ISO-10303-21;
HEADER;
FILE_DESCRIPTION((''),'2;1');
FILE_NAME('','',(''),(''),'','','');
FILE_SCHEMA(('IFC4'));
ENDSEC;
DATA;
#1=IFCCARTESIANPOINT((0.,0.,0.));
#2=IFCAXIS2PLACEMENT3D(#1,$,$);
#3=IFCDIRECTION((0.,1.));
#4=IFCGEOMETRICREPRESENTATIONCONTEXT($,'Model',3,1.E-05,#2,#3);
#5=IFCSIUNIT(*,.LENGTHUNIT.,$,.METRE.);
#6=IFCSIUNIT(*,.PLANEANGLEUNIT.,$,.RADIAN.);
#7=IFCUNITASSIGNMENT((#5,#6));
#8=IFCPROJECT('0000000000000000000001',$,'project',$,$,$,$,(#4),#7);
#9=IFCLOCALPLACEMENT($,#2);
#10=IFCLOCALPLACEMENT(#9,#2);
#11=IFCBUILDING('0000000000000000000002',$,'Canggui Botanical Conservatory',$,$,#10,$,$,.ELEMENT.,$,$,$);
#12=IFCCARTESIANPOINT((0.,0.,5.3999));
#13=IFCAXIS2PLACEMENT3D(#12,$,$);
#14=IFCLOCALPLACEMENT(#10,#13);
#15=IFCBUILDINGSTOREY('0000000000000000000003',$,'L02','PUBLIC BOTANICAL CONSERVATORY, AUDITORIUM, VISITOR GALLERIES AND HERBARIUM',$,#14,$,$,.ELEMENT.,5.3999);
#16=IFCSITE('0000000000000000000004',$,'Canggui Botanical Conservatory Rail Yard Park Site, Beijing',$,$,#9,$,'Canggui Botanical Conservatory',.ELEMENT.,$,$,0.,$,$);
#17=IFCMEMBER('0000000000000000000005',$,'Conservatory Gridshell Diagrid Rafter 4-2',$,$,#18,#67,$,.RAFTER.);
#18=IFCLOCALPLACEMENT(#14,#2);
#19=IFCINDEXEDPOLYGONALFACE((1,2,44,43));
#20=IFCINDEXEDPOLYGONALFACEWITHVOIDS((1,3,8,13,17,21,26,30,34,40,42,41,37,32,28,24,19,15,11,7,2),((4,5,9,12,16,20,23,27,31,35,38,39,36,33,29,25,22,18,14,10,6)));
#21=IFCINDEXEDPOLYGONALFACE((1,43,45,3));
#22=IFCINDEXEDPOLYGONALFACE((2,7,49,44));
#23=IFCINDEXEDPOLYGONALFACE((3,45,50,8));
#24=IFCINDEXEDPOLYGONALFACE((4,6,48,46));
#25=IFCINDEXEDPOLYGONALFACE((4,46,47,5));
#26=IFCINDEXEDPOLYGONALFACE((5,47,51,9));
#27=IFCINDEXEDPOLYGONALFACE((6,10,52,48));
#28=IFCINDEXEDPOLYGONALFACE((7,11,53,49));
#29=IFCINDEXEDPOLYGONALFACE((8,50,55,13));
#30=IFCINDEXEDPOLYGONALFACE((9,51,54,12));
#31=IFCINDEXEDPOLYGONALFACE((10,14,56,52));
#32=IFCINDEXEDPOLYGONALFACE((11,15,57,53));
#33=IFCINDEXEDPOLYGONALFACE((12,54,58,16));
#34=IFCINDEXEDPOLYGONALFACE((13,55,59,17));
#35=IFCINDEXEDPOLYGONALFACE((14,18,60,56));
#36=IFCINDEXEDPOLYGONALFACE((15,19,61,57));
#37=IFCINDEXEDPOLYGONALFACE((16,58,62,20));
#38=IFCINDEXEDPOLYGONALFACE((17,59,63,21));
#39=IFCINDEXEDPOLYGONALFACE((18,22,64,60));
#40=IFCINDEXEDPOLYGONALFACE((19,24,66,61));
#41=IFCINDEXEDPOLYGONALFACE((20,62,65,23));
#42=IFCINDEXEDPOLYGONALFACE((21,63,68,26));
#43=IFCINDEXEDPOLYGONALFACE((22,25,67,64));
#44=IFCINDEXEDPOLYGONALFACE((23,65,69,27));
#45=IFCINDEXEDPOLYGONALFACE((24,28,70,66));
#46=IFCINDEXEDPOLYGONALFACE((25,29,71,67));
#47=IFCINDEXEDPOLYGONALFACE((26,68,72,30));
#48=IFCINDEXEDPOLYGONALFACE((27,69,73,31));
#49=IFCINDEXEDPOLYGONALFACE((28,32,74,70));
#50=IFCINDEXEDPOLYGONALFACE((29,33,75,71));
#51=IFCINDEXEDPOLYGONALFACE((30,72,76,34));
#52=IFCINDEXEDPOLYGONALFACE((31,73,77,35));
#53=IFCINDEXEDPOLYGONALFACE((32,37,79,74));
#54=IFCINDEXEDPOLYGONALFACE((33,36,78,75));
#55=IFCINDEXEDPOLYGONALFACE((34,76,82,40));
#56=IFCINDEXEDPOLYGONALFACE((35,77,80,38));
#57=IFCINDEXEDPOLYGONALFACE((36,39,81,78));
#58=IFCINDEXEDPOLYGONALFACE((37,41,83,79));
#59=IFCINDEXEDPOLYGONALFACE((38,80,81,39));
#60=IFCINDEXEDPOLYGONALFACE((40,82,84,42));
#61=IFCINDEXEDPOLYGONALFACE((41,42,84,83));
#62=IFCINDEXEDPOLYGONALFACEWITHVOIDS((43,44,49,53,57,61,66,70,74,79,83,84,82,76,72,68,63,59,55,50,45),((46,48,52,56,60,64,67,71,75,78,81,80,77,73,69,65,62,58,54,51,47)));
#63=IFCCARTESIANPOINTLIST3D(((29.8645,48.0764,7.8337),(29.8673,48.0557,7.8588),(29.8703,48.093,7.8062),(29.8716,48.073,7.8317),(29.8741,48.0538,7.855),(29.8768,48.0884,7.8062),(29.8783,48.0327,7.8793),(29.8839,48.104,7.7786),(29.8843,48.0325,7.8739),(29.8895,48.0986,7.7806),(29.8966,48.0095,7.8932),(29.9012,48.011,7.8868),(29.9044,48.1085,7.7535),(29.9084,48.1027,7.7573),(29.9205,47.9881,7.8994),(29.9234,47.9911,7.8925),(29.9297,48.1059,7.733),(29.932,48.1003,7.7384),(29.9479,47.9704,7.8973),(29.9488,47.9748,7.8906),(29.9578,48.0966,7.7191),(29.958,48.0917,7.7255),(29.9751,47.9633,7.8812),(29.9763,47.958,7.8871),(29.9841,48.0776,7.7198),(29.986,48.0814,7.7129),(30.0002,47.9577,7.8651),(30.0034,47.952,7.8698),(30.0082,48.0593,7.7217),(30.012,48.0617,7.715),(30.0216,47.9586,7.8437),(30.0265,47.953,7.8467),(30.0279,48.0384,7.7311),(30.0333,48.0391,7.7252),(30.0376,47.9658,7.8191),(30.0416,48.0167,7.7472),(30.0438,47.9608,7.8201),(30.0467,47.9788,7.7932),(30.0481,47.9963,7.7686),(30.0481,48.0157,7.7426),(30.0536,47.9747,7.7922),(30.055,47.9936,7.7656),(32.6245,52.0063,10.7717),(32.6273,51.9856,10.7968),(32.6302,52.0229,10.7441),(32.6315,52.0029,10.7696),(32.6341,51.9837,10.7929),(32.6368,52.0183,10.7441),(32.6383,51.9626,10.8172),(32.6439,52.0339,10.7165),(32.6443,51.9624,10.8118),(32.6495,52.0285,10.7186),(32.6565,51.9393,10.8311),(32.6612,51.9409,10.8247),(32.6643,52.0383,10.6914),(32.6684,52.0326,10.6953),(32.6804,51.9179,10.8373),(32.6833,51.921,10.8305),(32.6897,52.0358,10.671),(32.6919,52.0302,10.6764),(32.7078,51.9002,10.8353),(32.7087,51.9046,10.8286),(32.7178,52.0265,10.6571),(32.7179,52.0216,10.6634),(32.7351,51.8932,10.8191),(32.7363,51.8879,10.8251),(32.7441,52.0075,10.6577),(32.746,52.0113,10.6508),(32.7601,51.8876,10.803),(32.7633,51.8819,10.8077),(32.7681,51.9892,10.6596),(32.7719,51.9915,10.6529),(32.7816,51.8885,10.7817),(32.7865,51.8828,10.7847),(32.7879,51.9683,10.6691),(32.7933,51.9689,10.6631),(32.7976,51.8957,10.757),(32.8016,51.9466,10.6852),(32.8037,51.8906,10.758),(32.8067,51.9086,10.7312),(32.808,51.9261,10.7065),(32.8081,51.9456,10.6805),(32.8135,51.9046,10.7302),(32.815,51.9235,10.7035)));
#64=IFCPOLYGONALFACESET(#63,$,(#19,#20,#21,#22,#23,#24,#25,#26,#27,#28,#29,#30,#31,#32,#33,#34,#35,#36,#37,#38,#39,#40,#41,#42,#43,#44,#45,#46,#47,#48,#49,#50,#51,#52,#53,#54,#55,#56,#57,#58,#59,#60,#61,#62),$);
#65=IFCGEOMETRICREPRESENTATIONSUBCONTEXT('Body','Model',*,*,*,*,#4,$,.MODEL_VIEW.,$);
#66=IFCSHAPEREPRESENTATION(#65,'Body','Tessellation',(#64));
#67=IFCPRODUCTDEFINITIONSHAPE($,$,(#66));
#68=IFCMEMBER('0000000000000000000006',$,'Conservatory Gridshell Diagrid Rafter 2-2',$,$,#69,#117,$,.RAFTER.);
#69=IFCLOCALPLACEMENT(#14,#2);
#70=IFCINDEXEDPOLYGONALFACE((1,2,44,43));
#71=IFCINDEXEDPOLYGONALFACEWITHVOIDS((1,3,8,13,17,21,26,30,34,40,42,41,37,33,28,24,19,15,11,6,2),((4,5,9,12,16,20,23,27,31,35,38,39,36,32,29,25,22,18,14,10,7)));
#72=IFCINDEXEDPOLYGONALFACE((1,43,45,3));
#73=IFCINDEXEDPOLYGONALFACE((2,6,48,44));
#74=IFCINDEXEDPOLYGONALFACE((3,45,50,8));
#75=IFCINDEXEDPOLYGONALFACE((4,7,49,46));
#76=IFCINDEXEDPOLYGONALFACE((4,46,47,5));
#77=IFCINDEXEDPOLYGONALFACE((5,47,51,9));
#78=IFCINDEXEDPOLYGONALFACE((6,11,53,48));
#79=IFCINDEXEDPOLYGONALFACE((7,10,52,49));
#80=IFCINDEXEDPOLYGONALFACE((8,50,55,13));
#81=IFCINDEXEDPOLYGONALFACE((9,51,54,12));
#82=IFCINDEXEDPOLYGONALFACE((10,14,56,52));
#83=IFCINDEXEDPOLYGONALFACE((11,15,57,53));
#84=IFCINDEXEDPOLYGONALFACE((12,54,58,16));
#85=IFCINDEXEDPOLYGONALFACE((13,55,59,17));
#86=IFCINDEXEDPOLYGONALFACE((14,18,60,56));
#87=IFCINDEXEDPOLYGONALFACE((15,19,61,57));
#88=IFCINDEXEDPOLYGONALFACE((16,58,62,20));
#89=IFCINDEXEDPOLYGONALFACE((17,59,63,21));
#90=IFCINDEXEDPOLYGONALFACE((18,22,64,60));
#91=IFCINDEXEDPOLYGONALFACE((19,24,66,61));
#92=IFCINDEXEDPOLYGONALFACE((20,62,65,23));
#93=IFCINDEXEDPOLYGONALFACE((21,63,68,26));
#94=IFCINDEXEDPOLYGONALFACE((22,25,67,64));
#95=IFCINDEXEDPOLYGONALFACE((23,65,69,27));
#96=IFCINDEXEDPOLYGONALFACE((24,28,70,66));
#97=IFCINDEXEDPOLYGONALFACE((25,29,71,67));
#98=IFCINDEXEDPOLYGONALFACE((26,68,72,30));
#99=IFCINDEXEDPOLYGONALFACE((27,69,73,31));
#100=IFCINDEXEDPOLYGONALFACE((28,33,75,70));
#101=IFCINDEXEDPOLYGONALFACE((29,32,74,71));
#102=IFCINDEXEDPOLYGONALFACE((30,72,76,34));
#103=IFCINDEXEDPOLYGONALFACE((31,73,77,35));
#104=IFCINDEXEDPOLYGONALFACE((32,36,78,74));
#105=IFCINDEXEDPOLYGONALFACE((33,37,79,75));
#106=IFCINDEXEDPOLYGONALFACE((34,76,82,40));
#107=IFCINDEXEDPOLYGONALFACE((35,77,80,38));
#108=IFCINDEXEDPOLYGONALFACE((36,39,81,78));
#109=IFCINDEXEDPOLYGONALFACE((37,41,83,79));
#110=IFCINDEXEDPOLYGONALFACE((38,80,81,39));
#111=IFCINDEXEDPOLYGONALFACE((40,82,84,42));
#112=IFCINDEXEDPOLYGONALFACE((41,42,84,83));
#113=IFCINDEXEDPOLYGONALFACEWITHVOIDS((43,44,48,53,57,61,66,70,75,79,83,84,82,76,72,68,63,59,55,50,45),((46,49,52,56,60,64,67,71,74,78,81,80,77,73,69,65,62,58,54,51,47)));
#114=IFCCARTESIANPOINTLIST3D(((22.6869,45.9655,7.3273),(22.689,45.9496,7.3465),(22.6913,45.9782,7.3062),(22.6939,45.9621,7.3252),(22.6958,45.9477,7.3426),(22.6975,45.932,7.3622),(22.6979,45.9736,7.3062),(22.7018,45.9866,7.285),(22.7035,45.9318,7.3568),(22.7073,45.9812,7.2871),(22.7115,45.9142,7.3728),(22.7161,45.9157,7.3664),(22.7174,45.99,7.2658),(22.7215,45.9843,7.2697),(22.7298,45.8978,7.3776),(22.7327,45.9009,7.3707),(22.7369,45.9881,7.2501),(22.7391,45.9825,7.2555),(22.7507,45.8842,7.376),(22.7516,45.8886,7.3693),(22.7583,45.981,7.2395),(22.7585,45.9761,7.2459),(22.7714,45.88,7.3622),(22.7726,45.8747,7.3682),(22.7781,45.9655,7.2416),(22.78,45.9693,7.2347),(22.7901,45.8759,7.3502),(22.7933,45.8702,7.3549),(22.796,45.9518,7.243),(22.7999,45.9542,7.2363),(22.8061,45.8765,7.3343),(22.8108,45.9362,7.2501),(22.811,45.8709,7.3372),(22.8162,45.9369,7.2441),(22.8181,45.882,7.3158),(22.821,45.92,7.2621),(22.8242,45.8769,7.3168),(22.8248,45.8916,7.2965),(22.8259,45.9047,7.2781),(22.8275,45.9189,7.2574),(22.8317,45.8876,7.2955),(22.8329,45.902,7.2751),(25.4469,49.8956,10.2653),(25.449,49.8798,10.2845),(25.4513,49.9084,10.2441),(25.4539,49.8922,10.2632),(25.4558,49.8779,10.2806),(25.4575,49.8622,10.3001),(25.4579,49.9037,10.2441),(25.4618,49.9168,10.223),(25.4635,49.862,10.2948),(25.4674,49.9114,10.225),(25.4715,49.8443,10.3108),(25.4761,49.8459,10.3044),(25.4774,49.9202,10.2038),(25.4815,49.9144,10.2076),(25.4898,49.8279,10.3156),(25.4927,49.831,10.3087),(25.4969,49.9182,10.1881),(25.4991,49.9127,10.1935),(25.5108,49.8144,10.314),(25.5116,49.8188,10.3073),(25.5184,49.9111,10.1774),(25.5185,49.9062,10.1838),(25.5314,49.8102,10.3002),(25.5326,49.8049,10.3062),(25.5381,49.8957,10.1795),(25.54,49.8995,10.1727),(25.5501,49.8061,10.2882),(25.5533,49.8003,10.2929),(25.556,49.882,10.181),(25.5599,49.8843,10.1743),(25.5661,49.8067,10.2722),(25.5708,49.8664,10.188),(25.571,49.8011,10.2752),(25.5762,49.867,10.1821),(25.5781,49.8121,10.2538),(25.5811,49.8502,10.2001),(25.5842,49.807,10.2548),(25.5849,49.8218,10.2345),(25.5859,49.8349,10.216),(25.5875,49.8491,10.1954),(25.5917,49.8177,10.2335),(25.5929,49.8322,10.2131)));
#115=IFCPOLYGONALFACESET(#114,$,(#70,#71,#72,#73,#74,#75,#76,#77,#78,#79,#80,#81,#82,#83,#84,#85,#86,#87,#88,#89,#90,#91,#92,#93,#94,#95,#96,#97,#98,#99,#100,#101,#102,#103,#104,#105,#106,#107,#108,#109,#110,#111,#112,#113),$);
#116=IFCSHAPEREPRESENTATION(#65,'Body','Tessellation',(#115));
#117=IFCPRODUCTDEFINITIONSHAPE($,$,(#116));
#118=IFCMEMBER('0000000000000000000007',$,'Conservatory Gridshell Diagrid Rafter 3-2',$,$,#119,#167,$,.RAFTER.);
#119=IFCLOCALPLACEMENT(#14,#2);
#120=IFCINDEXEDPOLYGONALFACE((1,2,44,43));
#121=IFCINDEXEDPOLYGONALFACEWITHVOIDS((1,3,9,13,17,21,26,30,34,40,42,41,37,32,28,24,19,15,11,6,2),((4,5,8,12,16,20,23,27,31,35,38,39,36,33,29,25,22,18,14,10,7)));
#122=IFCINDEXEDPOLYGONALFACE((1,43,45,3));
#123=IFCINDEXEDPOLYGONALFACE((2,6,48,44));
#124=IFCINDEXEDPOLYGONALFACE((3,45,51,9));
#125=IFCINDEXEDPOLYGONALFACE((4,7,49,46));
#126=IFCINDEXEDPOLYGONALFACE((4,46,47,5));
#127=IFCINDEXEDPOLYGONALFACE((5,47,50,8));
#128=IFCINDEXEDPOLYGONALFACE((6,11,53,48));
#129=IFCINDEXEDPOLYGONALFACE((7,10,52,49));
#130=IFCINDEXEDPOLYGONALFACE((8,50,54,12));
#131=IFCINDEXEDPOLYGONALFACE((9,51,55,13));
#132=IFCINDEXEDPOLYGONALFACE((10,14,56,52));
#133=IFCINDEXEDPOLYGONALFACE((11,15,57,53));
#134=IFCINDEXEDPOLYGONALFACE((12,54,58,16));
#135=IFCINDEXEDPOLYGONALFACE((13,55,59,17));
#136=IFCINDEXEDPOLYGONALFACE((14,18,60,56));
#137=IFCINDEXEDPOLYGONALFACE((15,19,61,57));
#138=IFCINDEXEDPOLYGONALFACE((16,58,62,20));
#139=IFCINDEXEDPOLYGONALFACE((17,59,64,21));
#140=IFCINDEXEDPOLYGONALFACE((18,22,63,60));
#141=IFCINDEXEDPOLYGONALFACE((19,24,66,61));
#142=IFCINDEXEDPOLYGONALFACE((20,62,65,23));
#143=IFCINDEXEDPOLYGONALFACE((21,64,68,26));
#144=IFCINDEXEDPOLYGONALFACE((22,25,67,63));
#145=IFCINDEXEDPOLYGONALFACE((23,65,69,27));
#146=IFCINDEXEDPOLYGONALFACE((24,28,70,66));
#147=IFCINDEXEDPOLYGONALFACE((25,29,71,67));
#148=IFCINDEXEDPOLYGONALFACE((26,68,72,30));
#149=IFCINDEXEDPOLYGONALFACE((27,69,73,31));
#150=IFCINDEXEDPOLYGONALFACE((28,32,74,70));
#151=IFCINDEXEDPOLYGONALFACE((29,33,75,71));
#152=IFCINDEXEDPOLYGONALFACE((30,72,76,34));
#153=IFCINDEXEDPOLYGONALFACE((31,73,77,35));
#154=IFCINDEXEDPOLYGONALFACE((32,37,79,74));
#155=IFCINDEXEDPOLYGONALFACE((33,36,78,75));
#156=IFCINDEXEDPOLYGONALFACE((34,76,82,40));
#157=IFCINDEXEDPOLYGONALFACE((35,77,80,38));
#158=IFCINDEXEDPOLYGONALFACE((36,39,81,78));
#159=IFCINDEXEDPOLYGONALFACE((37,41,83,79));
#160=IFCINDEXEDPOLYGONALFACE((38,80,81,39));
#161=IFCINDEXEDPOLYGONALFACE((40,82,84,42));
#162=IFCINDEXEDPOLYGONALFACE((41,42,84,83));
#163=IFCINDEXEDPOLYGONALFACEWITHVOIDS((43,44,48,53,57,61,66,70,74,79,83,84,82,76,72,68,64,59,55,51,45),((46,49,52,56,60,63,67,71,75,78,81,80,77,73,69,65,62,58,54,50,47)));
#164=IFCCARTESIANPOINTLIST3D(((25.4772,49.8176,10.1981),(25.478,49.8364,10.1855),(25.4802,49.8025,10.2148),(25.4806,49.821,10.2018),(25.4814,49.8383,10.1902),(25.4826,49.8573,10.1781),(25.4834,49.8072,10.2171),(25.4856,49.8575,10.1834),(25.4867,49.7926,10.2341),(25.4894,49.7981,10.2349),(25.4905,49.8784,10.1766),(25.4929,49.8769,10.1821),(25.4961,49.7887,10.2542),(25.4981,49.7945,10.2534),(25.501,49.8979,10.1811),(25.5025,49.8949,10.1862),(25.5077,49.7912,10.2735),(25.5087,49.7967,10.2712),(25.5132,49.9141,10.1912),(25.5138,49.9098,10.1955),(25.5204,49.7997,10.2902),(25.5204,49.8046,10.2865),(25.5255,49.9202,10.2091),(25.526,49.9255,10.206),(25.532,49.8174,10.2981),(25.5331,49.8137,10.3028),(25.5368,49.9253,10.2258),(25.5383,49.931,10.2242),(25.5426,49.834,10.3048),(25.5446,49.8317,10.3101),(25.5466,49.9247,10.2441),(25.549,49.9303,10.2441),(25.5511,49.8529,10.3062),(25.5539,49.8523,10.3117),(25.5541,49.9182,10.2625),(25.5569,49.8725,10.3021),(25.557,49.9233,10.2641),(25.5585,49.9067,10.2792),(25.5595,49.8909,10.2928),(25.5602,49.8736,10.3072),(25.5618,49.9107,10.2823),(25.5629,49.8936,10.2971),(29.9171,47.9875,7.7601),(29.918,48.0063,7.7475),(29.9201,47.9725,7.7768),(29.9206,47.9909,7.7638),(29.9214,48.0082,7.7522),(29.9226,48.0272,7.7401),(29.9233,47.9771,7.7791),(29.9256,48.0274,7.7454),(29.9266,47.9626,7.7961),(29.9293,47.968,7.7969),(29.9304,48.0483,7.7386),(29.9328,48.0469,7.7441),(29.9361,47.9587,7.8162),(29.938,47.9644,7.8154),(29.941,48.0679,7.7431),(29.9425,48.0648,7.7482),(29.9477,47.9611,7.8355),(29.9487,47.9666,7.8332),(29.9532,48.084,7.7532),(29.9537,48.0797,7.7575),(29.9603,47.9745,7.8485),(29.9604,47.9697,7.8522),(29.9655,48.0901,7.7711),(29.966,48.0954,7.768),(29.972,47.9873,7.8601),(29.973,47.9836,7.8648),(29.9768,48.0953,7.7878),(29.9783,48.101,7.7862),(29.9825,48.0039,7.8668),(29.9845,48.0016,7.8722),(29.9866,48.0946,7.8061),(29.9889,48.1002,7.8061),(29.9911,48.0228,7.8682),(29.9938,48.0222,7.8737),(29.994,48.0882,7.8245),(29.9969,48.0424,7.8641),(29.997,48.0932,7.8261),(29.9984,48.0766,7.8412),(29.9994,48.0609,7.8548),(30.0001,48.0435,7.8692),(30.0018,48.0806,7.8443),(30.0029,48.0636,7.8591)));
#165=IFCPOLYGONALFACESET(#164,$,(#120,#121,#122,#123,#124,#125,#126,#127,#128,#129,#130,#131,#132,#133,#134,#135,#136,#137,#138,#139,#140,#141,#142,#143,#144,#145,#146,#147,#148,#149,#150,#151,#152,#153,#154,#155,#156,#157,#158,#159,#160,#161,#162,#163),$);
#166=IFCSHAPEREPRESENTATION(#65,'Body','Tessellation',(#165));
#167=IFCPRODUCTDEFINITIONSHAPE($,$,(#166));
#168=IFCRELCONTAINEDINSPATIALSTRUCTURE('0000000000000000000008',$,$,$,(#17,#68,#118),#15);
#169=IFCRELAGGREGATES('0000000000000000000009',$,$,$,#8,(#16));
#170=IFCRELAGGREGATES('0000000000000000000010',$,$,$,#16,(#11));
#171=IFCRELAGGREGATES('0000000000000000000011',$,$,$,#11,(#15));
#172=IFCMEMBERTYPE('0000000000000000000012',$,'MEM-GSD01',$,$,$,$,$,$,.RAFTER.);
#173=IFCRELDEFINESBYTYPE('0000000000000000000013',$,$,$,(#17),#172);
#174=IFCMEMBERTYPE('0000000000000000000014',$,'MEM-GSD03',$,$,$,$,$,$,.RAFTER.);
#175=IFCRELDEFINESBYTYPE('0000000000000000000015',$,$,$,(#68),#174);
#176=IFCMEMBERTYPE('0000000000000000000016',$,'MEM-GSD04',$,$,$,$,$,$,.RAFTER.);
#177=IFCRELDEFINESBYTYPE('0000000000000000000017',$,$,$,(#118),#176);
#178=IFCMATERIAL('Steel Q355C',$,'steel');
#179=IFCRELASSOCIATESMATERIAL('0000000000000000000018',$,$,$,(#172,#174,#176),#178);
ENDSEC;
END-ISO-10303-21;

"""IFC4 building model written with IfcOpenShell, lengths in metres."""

from ifc_helpers import new_model, si_unit, direction, frame, origin, origin_2d, place, context, subcontext, project, spatial, hollow_circle, extrude, material, material_profile, profile_set, type_object, element, save


model = new_model("IFC4")

# Units and contexts
model_context = context("Model", 3, precision=1e-05, world=origin(), true_north=direction((0.0, 1.0)))
body_context = subcontext(model_context, "Body", "Model", "MODEL_VIEW")
ifc_project = project(units=[si_unit("LENGTHUNIT", "METRE"), si_unit("PLANEANGLEUNIT", "RADIAN")], contexts=[model_context])

# Site, building, storey
site_placement = place(None, origin())
site = spatial("IfcSite", under=ifc_project, at=site_placement, Name="Canggui Botanical Conservatory Rail Yard Park Site, Beijing", LongName="Canggui Botanical Conservatory", CompositionType="ELEMENT", RefElevation=0.0)
building_placement = place(site_placement, origin())
building = spatial("IfcBuilding", under=site, at=building_placement, Name="Canggui Botanical Conservatory", CompositionType="ELEMENT")
storey_placement = place(building_placement, frame((0.0, 0.0, 5.3999)))
storey = spatial("IfcBuildingStorey", under=building, at=storey_placement, Name="L02", Description="PUBLIC BOTANICAL CONSERVATORY, AUDITORIUM, VISITOR GALLERIES AND HERBARIUM", CompositionType="ELEMENT", Elevation=5.3999)

# Shared definitions
ifc_material_1 = material(Name="Steel Q355C", Category="steel")

# Members
ifc_material_profile_1 = material_profile(ifc_material_1, hollow_circle(Radius=0.1096, WallThickness=0.0081, at=origin_2d()), Name="CHS 219x8")
ifc_profile_set_1 = profile_set([ifc_material_profile_1], Name="Steel Q355C")
member_type_1 = type_object("IfcMemberType", Name="MEM-GSD01", PredefinedType="RAFTER", material=ifc_profile_set_1)
member_1_placement = place(storey_placement, frame((29.96, 48.03, 7.8062), z_axis=(0.490257, 0.698068, 0.521871), x_axis=(-0.818345, 0.574728, 0.0)))
element("IfcMember", 1, at=member_1_placement, inside=storey, type_object=member_type_1, Name="Conservatory Gridshell Diagrid Rafter 4-2", PredefinedType="RAFTER", context=body_context, shape_type="SweptSolid", body=[
    extrude(hollow_circle(Radius=0.1096, WallThickness=0.0081, at=origin_2d()), origin(), (0.0, 0.0, 1.0), 5.6296),
])
ifc_material_profile_2 = material_profile(ifc_material_1, hollow_circle(Radius=0.084, WallThickness=0.0081, at=origin_2d()), Name="CHS 168x8")
ifc_profile_set_2 = profile_set([ifc_material_profile_2], Name="Steel Q355C")
member_type_2 = type_object("IfcMemberType", Name="MEM-GSD03", PredefinedType="RAFTER", material=ifc_profile_set_2)
member_2_placement = place(storey_placement, frame((22.76, 45.9299, 7.3062), z_axis=(0.490242, 0.69809, 0.521855), x_axis=(-0.818362, 0.574704, 0.0)))
element("IfcMember", 2, at=member_2_placement, inside=storey, type_object=member_type_2, Name="Conservatory Gridshell Diagrid Rafter 2-2", PredefinedType="RAFTER", context=body_context, shape_type="SweptSolid", body=[
    extrude(hollow_circle(Radius=0.084, WallThickness=0.0081, at=origin_2d()), origin(), (0.0, 0.0, 1.0), 5.6299),
])
ifc_material_profile_3 = material_profile(ifc_material_1, hollow_circle(Radius=0.0759, WallThickness=0.0061, at=origin_2d()), Name="CHS 152x6")
ifc_profile_set_3 = profile_set([ifc_material_profile_3], Name="Steel Q355C")
member_type_3 = type_object("IfcMemberType", Name="MEM-GSD04", PredefinedType="RAFTER", material=ifc_profile_set_3)
member_3_placement = place(storey_placement, frame((25.52, 49.8601, 10.2441), z_axis=(0.82439, -0.339802, -0.452676), x_axis=(0.381082, 0.924541, 0.0)))
element("IfcMember", 3, at=member_3_placement, inside=storey, type_object=member_type_3, Name="Conservatory Gridshell Diagrid Rafter 3-2", PredefinedType="RAFTER", context=body_context, shape_type="SweptSolid", body=[
    extrude(hollow_circle(Radius=0.0759, WallThickness=0.0061, at=origin_2d()), origin(), (0.0, 0.0, 1.0), 5.3857),
])

save(model, "model.ifc")
